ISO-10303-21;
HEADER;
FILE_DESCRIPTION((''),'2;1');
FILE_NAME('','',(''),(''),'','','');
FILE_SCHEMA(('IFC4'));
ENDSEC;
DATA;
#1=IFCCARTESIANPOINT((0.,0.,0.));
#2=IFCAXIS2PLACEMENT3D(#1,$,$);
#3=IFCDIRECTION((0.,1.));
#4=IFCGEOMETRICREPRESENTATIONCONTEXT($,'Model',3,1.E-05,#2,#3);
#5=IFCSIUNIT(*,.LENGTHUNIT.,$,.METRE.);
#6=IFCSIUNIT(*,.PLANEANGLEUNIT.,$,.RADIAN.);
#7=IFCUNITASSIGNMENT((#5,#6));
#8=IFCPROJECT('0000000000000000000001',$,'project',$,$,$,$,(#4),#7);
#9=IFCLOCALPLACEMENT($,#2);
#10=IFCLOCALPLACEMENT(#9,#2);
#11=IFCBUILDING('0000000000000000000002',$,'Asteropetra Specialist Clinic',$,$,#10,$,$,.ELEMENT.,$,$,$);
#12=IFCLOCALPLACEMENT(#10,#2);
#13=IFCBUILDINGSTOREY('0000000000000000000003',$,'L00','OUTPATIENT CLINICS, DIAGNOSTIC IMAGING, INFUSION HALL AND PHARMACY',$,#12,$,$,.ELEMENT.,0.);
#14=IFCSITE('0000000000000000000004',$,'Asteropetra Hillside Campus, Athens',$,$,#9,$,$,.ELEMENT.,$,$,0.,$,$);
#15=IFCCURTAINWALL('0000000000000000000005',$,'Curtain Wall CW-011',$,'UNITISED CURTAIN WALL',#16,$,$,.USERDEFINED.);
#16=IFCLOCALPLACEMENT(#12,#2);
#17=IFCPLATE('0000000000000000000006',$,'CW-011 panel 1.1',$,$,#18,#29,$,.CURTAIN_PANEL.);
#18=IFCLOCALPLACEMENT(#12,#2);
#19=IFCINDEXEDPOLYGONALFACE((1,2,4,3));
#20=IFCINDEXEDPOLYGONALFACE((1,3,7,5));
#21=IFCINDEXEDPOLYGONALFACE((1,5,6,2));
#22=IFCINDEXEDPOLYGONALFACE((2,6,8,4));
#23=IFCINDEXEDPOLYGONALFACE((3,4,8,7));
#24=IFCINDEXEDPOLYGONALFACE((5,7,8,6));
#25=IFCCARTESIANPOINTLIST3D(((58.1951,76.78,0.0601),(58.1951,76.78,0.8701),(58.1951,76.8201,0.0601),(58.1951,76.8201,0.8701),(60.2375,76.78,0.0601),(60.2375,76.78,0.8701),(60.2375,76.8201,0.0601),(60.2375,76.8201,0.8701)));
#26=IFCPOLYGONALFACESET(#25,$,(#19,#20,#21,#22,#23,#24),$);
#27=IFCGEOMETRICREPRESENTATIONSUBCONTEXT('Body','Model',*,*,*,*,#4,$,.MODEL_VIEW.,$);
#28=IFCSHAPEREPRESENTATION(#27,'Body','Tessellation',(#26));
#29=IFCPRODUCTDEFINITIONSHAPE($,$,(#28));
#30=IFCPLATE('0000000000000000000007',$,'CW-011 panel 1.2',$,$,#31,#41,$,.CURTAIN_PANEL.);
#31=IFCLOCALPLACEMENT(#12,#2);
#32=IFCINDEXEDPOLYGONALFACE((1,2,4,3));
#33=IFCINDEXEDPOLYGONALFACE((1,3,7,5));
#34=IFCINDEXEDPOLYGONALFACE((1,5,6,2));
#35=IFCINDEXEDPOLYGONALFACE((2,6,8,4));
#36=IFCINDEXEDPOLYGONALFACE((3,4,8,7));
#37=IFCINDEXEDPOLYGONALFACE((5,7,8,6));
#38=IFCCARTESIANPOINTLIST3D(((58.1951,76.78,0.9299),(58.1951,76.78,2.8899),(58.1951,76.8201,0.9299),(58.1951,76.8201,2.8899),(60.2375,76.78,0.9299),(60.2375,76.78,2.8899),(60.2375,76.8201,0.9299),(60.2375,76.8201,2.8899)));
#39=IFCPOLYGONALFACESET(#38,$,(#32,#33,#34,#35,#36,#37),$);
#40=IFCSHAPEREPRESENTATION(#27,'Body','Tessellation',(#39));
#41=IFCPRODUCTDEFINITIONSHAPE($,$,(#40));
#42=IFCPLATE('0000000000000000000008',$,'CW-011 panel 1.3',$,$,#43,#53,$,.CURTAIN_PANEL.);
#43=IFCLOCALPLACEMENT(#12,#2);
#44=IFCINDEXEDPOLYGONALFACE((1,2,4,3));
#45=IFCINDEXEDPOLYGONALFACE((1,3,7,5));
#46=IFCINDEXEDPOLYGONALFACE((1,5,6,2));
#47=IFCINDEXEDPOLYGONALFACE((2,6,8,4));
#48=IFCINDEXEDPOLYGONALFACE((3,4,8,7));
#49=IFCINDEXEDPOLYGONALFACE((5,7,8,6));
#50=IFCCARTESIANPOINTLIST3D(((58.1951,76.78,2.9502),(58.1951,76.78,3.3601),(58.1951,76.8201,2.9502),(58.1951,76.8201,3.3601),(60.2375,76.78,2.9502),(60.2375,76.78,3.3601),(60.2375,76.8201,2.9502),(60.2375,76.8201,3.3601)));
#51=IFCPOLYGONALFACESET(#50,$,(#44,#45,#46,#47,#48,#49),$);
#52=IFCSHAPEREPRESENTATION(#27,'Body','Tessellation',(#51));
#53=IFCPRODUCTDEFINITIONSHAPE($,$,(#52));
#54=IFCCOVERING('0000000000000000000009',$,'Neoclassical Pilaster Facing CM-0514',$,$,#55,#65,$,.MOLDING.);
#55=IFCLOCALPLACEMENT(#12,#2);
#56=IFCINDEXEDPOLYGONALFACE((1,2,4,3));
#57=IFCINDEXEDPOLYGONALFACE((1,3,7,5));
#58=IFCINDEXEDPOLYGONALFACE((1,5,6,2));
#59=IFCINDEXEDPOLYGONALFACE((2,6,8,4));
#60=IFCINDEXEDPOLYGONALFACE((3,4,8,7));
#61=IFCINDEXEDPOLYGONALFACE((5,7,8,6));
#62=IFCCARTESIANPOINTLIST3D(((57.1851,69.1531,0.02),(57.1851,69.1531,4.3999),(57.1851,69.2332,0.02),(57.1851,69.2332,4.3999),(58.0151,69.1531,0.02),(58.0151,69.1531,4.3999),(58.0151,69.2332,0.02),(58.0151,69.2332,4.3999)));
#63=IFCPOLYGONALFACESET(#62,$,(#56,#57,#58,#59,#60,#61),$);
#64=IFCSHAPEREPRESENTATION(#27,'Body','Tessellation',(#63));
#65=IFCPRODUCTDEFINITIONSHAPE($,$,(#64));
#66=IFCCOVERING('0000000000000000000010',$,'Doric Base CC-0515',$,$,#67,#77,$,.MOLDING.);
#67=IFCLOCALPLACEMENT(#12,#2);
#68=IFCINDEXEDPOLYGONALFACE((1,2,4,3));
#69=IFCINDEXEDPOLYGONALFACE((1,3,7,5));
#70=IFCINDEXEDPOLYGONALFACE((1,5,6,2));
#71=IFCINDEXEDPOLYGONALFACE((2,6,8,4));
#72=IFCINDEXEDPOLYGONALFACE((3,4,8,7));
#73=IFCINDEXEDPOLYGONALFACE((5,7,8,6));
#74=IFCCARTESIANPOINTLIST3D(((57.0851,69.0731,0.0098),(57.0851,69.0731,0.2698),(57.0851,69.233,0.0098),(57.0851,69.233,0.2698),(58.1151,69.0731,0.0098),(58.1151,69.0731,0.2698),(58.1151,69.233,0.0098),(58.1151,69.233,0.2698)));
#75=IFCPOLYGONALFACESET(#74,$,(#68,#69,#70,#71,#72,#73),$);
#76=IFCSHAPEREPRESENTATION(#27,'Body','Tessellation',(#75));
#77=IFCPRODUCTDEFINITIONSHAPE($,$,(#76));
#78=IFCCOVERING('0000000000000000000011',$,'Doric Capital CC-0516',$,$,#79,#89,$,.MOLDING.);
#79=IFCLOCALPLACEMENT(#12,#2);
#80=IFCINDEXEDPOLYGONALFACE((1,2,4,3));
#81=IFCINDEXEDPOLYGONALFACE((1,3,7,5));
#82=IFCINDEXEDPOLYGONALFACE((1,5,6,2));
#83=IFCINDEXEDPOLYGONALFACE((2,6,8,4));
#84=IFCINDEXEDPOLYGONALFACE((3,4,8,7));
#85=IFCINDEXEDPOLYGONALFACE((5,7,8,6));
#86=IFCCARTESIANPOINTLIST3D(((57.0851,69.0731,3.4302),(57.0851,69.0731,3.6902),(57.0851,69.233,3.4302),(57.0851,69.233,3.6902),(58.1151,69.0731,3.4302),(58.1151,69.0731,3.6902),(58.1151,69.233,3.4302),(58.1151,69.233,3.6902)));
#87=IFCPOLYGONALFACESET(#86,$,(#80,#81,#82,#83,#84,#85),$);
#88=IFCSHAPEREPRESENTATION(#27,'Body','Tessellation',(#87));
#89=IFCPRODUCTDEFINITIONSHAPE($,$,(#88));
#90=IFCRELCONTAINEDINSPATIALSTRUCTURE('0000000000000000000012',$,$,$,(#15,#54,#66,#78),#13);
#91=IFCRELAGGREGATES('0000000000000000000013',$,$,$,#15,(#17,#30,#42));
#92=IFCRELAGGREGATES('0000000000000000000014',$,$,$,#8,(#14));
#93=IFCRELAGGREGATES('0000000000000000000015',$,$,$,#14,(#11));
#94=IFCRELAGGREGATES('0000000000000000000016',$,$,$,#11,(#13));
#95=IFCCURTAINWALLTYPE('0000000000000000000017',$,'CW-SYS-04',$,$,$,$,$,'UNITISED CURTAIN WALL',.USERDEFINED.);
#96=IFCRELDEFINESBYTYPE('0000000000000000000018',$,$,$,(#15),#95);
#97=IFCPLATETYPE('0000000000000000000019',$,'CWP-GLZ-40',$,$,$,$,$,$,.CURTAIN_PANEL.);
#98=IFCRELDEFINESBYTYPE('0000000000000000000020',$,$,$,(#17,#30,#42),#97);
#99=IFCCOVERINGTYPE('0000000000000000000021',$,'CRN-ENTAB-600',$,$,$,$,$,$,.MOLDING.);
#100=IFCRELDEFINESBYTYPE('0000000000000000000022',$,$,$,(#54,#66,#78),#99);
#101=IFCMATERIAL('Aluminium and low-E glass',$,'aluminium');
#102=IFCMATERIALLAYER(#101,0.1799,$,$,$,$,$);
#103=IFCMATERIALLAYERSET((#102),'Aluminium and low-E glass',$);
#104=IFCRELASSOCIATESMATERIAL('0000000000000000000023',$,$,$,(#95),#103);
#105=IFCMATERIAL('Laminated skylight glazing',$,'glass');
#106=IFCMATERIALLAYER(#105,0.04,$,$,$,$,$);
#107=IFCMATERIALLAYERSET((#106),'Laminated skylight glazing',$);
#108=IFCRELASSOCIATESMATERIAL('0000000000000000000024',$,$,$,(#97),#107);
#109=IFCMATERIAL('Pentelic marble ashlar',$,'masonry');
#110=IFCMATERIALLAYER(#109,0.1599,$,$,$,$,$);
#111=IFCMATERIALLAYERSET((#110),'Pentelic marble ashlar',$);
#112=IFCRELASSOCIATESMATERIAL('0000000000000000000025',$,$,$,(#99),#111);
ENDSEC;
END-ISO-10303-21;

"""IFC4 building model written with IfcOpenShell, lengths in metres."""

from ifc_helpers import new_model, si_unit, direction, frame, origin, origin_2d, place, context, subcontext, project, spatial, rectangle, extrude, material, layer, layer_set, type_object, element, aggregate, save


model = new_model("IFC4")

# Units and contexts
model_context = context("Model", 3, precision=1e-05, world=origin(), true_north=direction((0.0, 1.0)))
body_context = subcontext(model_context, "Body", "Model", "MODEL_VIEW")
ifc_project = project(units=[si_unit("LENGTHUNIT", "METRE"), si_unit("PLANEANGLEUNIT", "RADIAN")], contexts=[model_context])

# Site, building, storey
site_placement = place(None, origin())
site = spatial("IfcSite", under=ifc_project, at=site_placement, Name="Asteropetra Hillside Campus, Athens", CompositionType="ELEMENT", RefElevation=0.0)
building_placement = place(site_placement, origin())
building = spatial("IfcBuilding", under=site, at=building_placement, Name="Asteropetra Specialist Clinic", CompositionType="ELEMENT")
storey_placement = place(building_placement, origin())
storey = spatial("IfcBuildingStorey", under=building, at=storey_placement, Name="L00", Description="OUTPATIENT CLINICS, DIAGNOSTIC IMAGING, INFUSION HALL AND PHARMACY", CompositionType="ELEMENT", Elevation=0.0)

# Curtain wall
ifc_material_1 = material(Name="Aluminium and low-E glass", Category="aluminium")
ifc_layer_1 = layer(ifc_material_1, 0.1799)
ifc_layer_set_1 = layer_set([ifc_layer_1], Name="Aluminium and low-E glass")
curtain_wall_type_1 = type_object("IfcCurtainWallType", Name="CW-SYS-04", ElementType="UNITISED CURTAIN WALL", PredefinedType="USERDEFINED", material=ifc_layer_set_1)
curtain_wall_1_placement = place(storey_placement, origin())
curtain_wall_1 = element("IfcCurtainWall", 1, at=curtain_wall_1_placement, inside=storey, type_object=curtain_wall_type_1, Name="Curtain Wall CW-011", ObjectType="UNITISED CURTAIN WALL", PredefinedType="USERDEFINED")

# Plates
ifc_material_2 = material(Name="Laminated skylight glazing", Category="glass")
ifc_layer_2 = layer(ifc_material_2, 0.04)
ifc_layer_set_2 = layer_set([ifc_layer_2], Name="Laminated skylight glazing")
plate_type_1 = type_object("IfcPlateType", Name="CWP-GLZ-40", PredefinedType="CURTAIN_PANEL", material=ifc_layer_set_2)
plate_1_placement = place(storey_placement, frame((59.2163, 76.8, 0.0601), z_axis=(0.0, 0.0, 1.0), x_axis=(1.0, 0.0, 0.0)))
plate_1 = element("IfcPlate", 2, at=plate_1_placement, type_object=plate_type_1, Name="CW-011 panel 1.1", PredefinedType="CURTAIN_PANEL", context=body_context, shape_type="SweptSolid", body=[
    extrude(rectangle(XDim=2.0425, YDim=0.04, at=origin_2d()), origin(), (0.0, 0.0, 1.0), 0.8101),
])
plate_2_placement = place(storey_placement, frame((59.2163, 76.8, 0.9299), z_axis=(0.0, 0.0, 1.0), x_axis=(1.0, 0.0, 0.0)))
plate_2 = element("IfcPlate", 3, at=plate_2_placement, type_object=plate_type_1, Name="CW-011 panel 1.2", PredefinedType="CURTAIN_PANEL", context=body_context, shape_type="SweptSolid", body=[
    extrude(rectangle(XDim=2.0425, YDim=0.04, at=origin_2d()), origin(), (0.0, 0.0, 1.0), 1.96),
])
plate_3_placement = place(storey_placement, frame((59.2163, 76.8, 2.9502), z_axis=(0.0, 0.0, 1.0), x_axis=(1.0, 0.0, 0.0)))
plate_3 = element("IfcPlate", 4, at=plate_3_placement, type_object=plate_type_1, Name="CW-011 panel 1.3", PredefinedType="CURTAIN_PANEL", context=body_context, shape_type="SweptSolid", body=[
    extrude(rectangle(XDim=2.0425, YDim=0.04, at=origin_2d()), origin(), (0.0, 0.0, 1.0), 0.4099),
])
aggregate(curtain_wall_1, [plate_1, plate_2, plate_3])

# Coverings
ifc_material_3 = material(Name="Pentelic marble ashlar", Category="masonry")
ifc_layer_3 = layer(ifc_material_3, 0.1599)
ifc_layer_set_3 = layer_set([ifc_layer_3], Name="Pentelic marble ashlar")
covering_type = type_object("IfcCoveringType", Name="CRN-ENTAB-600", PredefinedType="MOLDING", material=ifc_layer_set_3)
covering_placement = place(storey_placement, frame((57.6001, 69.1931, 0.02), z_axis=(0.0, 0.0, 1.0), x_axis=(1.0, 0.0, 0.0)))
element("IfcCovering", 5, at=covering_placement, inside=storey, type_object=covering_type, Name="Neoclassical Pilaster Facing CM-0514", PredefinedType="MOLDING", context=body_context, shape_type="SweptSolid", body=[
    extrude(rectangle(XDim=0.8301, YDim=0.0801, at=origin_2d()), origin(), (0.0, 0.0, 1.0), 4.3799),
])
for number, where, z_axis, x_axis, name in (
    (6, (57.6001, 69.1531, 0.0098), (0.0, 0.0, 1.0), (1.0, 0.0, 0.0), "Doric Base CC-0515"),
    (7, (57.6001, 69.1531, 3.4302), (0.0, 0.0, 1.0), (1.0, 0.0, 0.0), "Doric Capital CC-0516"),
):
    element("IfcCovering", number, at=place(storey_placement, frame(where, z_axis=z_axis, x_axis=x_axis)), inside=storey, type_object=covering_type, Name=name, PredefinedType="MOLDING", context=body_context, shape_type="SweptSolid", body=[
        extrude(rectangle(XDim=1.03, YDim=0.1599, at=origin_2d()), origin(), (0.0, 0.0, 1.0), 0.26),
    ])

save(model, "model.ifc")
